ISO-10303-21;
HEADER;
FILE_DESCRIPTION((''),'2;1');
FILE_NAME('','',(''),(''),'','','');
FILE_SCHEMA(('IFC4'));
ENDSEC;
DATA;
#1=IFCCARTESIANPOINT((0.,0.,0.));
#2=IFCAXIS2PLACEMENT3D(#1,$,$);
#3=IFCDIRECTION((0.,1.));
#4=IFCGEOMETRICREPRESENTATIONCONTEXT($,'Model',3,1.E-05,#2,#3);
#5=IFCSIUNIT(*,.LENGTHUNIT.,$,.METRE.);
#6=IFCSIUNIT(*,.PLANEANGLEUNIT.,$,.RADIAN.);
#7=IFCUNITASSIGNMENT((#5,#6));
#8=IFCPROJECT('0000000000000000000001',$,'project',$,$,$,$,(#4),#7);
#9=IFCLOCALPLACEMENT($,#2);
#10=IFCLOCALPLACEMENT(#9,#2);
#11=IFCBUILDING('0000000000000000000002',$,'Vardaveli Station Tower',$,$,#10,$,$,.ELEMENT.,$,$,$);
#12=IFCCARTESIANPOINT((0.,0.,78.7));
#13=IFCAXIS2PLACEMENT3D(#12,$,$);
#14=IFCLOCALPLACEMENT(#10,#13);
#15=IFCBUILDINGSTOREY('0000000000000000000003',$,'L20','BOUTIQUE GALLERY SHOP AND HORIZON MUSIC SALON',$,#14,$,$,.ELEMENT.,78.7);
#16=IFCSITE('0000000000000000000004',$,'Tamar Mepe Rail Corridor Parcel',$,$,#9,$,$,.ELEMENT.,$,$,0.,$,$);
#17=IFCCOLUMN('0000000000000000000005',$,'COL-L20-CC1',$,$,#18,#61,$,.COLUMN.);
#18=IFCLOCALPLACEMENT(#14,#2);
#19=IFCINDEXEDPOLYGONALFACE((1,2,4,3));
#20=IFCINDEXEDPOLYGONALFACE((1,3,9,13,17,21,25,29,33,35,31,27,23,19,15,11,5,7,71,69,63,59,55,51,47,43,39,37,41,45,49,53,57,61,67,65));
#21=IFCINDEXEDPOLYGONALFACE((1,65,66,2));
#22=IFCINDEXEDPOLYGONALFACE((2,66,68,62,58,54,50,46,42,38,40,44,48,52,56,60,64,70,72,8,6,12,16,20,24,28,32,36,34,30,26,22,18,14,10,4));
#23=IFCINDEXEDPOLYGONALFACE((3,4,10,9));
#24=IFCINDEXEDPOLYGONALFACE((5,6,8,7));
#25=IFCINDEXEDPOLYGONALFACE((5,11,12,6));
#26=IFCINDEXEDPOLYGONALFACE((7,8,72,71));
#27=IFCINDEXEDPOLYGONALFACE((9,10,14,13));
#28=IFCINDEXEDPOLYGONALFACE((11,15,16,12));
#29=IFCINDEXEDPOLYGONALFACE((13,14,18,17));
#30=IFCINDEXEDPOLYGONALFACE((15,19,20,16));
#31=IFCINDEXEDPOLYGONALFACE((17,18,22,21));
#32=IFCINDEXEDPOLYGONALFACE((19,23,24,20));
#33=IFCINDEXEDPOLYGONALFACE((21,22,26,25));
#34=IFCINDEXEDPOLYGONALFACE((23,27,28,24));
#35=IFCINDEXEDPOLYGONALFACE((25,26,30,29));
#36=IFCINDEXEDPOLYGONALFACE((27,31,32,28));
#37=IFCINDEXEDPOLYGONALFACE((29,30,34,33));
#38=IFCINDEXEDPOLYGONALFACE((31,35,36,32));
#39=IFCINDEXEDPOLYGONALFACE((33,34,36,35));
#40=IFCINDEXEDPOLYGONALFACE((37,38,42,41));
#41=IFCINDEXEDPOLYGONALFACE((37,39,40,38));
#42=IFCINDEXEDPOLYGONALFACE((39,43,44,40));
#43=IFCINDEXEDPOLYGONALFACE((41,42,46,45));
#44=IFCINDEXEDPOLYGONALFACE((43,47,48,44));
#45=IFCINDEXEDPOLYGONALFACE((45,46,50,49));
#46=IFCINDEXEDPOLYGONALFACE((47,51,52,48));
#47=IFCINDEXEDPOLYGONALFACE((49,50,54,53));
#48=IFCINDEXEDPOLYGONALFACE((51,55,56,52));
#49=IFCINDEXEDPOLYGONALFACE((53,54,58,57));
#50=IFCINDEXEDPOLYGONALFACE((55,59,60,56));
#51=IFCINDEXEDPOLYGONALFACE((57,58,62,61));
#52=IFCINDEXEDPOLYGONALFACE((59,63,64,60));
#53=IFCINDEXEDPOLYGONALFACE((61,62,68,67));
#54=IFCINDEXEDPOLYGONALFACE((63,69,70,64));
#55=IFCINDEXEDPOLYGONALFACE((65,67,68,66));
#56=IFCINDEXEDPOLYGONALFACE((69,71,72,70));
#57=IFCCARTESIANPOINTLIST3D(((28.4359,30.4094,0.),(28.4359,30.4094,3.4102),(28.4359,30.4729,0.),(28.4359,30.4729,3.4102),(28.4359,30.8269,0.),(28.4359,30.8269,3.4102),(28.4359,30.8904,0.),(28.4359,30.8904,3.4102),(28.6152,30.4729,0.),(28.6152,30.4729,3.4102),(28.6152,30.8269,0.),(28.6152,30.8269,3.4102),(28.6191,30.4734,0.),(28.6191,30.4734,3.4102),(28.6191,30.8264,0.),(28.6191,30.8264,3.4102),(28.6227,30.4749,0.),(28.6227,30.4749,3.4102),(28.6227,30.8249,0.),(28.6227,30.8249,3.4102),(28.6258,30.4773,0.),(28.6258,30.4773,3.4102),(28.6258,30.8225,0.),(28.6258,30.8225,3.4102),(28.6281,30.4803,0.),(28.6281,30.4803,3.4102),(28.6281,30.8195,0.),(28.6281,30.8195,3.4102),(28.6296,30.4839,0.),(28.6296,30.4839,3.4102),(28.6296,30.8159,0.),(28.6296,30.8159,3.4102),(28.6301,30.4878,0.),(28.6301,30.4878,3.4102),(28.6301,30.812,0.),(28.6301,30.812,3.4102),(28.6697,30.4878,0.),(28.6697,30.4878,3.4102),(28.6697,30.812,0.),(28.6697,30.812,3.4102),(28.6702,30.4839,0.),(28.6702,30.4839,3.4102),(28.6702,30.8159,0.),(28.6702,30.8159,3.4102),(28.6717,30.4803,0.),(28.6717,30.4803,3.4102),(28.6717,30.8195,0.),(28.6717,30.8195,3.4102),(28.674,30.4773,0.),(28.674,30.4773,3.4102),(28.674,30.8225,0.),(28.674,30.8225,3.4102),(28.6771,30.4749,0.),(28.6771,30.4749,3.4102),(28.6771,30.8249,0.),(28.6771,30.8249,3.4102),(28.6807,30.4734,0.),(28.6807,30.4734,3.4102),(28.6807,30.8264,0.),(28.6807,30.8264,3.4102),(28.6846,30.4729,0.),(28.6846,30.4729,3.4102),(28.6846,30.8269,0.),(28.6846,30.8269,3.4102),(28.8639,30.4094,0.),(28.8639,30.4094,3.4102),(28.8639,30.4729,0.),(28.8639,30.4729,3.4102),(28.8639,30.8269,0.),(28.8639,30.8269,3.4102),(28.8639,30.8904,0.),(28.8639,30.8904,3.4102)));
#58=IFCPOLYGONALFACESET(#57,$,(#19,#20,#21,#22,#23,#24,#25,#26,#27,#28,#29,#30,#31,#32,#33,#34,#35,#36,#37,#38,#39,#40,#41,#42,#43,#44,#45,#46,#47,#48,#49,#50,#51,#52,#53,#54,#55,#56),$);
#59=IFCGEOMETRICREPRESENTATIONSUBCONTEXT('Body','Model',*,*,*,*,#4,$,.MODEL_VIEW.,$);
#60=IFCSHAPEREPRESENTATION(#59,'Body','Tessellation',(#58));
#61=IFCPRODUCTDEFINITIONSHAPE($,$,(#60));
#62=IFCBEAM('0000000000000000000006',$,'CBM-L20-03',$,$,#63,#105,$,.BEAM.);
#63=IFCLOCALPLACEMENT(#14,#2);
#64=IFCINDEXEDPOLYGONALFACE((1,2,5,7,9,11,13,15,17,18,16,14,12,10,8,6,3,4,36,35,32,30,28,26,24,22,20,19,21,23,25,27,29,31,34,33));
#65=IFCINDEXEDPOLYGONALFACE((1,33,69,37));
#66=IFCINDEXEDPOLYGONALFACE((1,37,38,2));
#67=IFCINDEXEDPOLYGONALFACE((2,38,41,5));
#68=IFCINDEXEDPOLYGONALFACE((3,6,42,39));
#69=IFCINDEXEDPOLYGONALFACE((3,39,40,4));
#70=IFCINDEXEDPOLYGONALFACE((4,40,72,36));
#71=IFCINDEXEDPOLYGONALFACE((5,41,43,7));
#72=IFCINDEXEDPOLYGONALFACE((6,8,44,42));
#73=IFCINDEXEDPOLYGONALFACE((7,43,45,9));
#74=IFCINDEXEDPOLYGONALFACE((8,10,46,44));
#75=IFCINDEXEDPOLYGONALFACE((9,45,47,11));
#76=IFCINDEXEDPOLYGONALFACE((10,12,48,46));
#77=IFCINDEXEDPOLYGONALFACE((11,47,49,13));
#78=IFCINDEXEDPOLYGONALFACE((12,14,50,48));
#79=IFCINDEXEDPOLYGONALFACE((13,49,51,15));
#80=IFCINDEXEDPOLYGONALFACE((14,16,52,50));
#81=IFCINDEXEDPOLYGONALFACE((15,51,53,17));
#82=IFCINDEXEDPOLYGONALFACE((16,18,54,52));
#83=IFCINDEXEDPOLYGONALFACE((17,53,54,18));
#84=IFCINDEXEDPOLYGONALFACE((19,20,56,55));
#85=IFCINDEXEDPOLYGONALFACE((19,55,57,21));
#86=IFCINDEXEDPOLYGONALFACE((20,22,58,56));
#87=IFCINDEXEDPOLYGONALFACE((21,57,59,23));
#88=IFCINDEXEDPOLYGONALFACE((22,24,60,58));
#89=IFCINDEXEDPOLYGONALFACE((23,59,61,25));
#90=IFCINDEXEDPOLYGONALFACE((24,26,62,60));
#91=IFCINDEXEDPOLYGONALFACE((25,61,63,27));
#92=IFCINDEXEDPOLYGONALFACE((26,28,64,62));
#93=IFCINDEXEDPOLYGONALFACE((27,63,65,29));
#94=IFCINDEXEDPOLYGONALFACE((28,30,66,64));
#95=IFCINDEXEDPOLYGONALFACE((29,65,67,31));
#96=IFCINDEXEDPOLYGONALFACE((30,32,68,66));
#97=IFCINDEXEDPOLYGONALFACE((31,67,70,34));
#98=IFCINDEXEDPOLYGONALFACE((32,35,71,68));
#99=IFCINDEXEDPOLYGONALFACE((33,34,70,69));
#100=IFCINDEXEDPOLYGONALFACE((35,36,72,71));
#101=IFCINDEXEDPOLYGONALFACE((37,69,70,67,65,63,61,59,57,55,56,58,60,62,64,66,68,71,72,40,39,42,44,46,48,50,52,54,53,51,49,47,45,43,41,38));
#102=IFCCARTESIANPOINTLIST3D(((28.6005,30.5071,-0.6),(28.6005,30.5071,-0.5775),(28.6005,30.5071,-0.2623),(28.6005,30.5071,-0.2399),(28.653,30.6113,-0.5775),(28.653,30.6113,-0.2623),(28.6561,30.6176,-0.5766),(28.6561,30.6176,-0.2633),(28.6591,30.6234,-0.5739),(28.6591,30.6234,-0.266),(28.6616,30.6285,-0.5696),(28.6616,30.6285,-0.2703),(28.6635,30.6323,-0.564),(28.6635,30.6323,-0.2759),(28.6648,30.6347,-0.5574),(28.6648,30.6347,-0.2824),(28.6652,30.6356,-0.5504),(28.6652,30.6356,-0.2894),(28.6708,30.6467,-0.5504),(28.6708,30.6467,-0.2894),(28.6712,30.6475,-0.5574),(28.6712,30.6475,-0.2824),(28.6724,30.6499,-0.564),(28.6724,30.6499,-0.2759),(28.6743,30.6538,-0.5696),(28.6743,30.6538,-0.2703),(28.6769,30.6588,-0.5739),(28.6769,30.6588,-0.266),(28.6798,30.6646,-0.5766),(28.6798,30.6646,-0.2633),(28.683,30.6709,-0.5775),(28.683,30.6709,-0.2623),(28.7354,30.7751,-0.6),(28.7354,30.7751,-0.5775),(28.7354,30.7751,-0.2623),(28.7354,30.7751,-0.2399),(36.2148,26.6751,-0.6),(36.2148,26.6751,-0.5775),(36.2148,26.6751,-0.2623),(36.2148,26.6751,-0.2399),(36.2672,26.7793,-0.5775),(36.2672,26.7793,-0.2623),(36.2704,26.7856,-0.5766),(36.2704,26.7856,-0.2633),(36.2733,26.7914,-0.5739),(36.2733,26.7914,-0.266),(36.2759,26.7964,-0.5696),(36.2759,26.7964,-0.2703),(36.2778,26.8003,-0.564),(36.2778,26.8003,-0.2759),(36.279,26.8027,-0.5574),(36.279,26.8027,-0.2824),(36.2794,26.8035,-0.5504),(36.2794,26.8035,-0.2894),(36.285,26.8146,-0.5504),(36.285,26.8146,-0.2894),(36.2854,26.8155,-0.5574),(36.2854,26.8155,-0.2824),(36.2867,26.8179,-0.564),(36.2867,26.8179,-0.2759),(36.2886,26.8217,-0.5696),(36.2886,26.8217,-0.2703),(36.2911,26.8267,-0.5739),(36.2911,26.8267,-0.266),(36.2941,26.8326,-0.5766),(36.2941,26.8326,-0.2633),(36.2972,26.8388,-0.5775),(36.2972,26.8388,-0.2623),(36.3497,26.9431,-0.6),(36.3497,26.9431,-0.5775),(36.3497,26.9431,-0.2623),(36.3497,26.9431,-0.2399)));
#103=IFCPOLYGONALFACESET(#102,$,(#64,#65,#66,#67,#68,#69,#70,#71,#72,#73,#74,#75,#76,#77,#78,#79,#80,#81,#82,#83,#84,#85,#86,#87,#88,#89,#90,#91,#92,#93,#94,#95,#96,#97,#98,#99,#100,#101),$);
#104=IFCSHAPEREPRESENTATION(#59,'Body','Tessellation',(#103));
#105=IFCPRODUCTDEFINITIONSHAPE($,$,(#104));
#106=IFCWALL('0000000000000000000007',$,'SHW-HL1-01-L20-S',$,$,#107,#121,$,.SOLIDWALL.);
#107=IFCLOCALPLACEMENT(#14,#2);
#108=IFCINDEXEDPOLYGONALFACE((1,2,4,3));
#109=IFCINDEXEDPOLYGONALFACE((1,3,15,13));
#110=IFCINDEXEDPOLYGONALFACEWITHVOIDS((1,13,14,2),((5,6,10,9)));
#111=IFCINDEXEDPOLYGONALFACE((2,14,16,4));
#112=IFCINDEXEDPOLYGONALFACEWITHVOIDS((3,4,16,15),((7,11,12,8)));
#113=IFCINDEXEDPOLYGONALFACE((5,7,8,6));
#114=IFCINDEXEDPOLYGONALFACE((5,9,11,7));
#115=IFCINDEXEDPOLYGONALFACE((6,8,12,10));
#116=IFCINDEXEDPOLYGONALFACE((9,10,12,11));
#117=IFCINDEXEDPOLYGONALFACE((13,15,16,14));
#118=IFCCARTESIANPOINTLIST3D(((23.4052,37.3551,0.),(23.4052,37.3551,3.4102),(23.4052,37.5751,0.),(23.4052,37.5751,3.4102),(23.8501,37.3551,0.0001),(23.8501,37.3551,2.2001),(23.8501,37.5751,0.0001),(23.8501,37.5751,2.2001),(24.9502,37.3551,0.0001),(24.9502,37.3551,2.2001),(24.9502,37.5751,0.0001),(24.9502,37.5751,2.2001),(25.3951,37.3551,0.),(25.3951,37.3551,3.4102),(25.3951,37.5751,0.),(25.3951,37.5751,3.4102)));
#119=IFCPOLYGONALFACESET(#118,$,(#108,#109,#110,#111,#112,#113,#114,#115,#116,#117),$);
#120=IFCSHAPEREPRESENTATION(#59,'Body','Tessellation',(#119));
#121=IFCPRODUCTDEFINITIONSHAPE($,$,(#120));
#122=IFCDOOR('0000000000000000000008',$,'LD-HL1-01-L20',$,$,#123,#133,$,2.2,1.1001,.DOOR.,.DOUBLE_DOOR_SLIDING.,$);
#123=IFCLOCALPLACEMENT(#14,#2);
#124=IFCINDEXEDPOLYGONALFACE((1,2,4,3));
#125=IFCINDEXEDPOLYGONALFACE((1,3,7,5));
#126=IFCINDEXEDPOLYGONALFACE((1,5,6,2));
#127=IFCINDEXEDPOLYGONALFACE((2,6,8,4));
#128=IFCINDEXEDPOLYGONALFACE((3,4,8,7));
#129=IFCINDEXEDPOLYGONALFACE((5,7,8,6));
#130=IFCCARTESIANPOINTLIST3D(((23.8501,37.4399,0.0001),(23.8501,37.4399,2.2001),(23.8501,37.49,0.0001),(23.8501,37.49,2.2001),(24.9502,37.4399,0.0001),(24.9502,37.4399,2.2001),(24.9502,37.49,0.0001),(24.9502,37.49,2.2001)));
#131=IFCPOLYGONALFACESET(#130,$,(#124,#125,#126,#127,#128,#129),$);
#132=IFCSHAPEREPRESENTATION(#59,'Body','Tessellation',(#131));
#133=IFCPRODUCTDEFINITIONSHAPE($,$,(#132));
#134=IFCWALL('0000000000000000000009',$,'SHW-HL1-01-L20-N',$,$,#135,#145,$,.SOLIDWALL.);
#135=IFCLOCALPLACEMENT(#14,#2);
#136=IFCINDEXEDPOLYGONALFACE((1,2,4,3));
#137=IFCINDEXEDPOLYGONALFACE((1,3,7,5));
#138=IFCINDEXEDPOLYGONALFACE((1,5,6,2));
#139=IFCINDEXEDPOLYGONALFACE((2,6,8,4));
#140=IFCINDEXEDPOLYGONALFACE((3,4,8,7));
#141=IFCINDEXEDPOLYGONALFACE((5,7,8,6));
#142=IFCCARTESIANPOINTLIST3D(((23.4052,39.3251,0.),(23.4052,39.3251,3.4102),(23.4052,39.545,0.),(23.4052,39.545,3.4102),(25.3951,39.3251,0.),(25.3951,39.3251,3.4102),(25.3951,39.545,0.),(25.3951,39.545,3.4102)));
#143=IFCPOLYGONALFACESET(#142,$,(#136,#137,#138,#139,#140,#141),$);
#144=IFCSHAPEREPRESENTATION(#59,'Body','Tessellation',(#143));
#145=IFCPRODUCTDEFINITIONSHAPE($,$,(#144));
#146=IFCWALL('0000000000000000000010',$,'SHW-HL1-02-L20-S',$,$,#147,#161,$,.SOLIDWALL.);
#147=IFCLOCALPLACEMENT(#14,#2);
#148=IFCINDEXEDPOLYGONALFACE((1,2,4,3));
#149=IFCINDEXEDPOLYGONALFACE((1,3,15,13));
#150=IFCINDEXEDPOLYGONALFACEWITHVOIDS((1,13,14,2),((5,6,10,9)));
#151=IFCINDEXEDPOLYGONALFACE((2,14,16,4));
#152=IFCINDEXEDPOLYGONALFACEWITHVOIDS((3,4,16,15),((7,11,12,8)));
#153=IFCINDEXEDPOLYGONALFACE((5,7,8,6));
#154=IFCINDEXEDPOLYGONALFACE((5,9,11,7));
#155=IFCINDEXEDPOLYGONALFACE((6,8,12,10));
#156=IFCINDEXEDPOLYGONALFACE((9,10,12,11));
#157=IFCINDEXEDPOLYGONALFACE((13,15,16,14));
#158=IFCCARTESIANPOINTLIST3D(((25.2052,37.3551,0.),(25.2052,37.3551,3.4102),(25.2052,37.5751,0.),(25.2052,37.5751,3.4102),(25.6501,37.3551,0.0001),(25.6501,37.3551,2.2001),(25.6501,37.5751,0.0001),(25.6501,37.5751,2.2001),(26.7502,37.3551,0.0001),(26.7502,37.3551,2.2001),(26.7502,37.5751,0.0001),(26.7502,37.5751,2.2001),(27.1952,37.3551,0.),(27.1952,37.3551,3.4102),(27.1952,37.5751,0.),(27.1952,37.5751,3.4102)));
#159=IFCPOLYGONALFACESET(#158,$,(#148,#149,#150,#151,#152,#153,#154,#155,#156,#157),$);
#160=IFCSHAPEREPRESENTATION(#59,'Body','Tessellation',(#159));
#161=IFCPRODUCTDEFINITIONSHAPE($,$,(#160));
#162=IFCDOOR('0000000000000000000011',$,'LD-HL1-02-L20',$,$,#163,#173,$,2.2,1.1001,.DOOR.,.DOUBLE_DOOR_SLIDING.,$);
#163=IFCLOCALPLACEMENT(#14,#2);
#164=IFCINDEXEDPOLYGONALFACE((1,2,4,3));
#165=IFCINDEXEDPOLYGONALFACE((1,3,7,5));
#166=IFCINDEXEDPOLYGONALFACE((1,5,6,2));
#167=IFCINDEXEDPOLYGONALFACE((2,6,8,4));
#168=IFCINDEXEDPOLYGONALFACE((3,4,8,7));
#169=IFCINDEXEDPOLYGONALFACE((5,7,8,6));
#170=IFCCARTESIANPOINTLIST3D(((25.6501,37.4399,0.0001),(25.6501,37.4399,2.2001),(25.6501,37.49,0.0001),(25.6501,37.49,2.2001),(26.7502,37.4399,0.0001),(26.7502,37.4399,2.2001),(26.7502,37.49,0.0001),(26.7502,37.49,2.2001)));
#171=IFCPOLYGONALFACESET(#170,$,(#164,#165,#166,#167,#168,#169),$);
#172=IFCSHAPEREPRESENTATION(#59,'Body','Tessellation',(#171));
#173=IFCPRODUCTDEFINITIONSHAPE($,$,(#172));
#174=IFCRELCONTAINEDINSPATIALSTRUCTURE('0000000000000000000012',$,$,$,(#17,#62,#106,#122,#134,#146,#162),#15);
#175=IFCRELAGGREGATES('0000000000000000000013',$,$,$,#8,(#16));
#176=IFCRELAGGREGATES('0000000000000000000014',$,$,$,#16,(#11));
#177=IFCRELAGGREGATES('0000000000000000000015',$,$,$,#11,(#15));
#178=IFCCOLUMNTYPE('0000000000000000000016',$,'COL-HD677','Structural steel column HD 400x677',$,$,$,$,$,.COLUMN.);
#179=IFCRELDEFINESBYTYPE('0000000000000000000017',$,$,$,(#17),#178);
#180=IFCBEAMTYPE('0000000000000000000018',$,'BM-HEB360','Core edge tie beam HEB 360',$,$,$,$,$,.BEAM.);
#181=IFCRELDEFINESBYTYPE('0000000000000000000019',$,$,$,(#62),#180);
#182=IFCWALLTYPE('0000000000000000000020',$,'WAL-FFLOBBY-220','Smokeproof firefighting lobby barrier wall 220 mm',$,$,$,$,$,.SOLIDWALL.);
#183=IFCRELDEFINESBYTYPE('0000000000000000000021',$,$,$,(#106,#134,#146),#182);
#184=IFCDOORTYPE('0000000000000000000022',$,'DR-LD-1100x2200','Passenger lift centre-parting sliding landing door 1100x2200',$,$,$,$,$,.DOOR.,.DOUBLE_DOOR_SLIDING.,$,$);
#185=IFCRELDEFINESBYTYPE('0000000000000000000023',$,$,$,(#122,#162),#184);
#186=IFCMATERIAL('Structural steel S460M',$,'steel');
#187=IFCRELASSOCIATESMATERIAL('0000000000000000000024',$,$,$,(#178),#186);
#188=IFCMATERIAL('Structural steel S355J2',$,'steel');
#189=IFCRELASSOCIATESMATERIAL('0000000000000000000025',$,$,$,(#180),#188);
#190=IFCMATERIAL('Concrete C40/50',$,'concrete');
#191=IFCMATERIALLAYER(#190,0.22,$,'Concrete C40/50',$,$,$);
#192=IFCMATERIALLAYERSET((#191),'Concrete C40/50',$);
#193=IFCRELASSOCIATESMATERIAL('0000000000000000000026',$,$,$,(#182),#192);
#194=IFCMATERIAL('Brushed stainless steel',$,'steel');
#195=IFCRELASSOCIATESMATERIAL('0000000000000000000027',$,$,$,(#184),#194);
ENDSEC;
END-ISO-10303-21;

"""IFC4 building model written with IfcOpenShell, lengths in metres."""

from ifc_helpers import new_model, si_unit, direction, frame, frame_2d, origin, origin_2d, place, context, subcontext, project, spatial, rectangle, i_section, extrude, source, transform, mapped, material, layer, layer_set, material_profile, profile_set, type_object, element, fill, save


model = new_model("IFC4")

# Units and contexts
model_context = context("Model", 3, precision=1e-05, world=origin(), true_north=direction((0.0, 1.0)))
body_context = subcontext(model_context, "Body", "Model", "MODEL_VIEW")
ifc_project = project(units=[si_unit("LENGTHUNIT", "METRE"), si_unit("PLANEANGLEUNIT", "RADIAN")], contexts=[model_context])

# Site, building, storey
site_placement = place(None, origin())
site = spatial("IfcSite", under=ifc_project, at=site_placement, Name="Tamar Mepe Rail Corridor Parcel", CompositionType="ELEMENT", RefElevation=0.0)
building_placement = place(site_placement, origin())
building = spatial("IfcBuilding", under=site, at=building_placement, Name="Vardaveli Station Tower", CompositionType="ELEMENT")
storey_placement = place(building_placement, frame((0.0, 0.0, 78.7)))
storey = spatial("IfcBuildingStorey", under=building, at=storey_placement, Name="L20", Description="BOUTIQUE GALLERY SHOP AND HORIZON MUSIC SALON", CompositionType="ELEMENT", Elevation=78.7)

# Column
ifc_material_1 = material(Name="Structural steel S460M", Category="steel")
ifc_material_profile_1 = material_profile(ifc_material_1, i_section(OverallWidth=0.428, OverallDepth=0.481, WebThickness=0.0396, FlangeThickness=0.0635, FilletRadius=0.0149, at=origin_2d()), Name="HD 400x677")
ifc_profile_set_1 = profile_set([ifc_material_profile_1], Name="Structural steel S460M")
column_type = type_object("IfcColumnType", Name="COL-HD677", Description="Structural steel column HD 400x677", PredefinedType="COLUMN", material=ifc_profile_set_1)
shared_shape_1 = source(origin(), body_context, "Body", "SweptSolid", [
    extrude(i_section(OverallWidth=0.428, OverallDepth=0.481, WebThickness=0.0396, FlangeThickness=0.0635, FilletRadius=0.0149, at=origin_2d()), origin(), (0.0, 0.0, 1.0), 3.4102),
])
column_placement = place(storey_placement, frame((28.6499, 30.6499, 0.0), z_axis=(0.0, 0.0, 1.0), x_axis=(1.0, 0.0, 0.0)))
element("IfcColumn", 1, at=column_placement, inside=storey, type_object=column_type, Name="COL-L20-CC1", PredefinedType="COLUMN", context=body_context, shape_type="MappedRepresentation", body=[
    mapped(shared_shape_1, transform((0.0, 0.0, 0.0), scale=1.0)),
])

# Beam
ifc_material_2 = material(Name="Structural steel S355J2", Category="steel")
ifc_material_profile_2 = material_profile(ifc_material_2, i_section(OverallWidth=0.3, OverallDepth=0.3601, WebThickness=0.0125, FlangeThickness=0.0225, FilletRadius=0.0271, at=origin_2d()), Name="HEB 360")
ifc_profile_set_2 = profile_set([ifc_material_profile_2], Name="Structural steel S355J2")
beam_type = type_object("IfcBeamType", Name="BM-HEB360", Description="Core edge tie beam HEB 360", PredefinedType="BEAM", material=ifc_profile_set_2)
shared_shape_2 = source(origin(), body_context, "Body", "SweptSolid", [
    extrude(i_section(OverallWidth=0.3, OverallDepth=0.3601, WebThickness=0.0125, FlangeThickness=0.0225, FilletRadius=0.0271, at=origin_2d()), origin(), (0.0, 0.0, 1.0), 8.5242),
])
beam_placement = place(storey_placement, frame((28.668, 30.6411, -0.4199), z_axis=(0.893256, -0.449549, 0.0), x_axis=(0.449549, 0.893256, 0.0)))
element("IfcBeam", 2, at=beam_placement, inside=storey, type_object=beam_type, Name="CBM-L20-03", PredefinedType="BEAM", context=body_context, shape_type="MappedRepresentation", body=[
    mapped(shared_shape_2, transform((0.0, 0.0, 0.0), scale=1.0)),
])

# Wall, opening, door
ifc_material_3 = material(Name="Concrete C40/50", Category="concrete")
ifc_layer_1 = layer(ifc_material_3, 0.22, Name="Concrete C40/50")
ifc_layer_set_1 = layer_set([ifc_layer_1], Name="Concrete C40/50")
wall_type_1 = type_object("IfcWallType", Name="WAL-FFLOBBY-220", Description="Smokeproof firefighting lobby barrier wall 220 mm", PredefinedType="SOLIDWALL", material=ifc_layer_set_1)
shared_shape_3 = source(origin(), body_context, "Body", "SweptSolid", [
    extrude(rectangle(XDim=1.99, YDim=0.22, at=frame_2d((0.9951, 0.0))), origin(), (0.0, 0.0, 1.0), 3.4102),
])
wall_1_placement = place(storey_placement, frame((23.405, 37.4651, 0.0), z_axis=(0.0, 0.0, 1.0), x_axis=(1.0, 0.0, 0.0)))
wall_1 = element("IfcWall", 3, at=wall_1_placement, inside=storey, type_object=wall_type_1, Name="SHW-HL1-01-L20-S", PredefinedType="SOLIDWALL", context=body_context, shape_type="MappedRepresentation", body=[
    mapped(shared_shape_3, transform((0.0, 0.0, 0.0), scale=1.0)),
])
shared_shape_4 = source(origin(), body_context, "Body", "SweptSolid", [
    extrude(rectangle(XDim=1.1001, YDim=2.2, at=frame_2d((0.55, 1.1001))), frame((0.0, 0.1201, 0.0), z_axis=(0.0, -1.0, 0.0), x_axis=(1.0, 0.0, 0.0)), (0.0, 0.0, 1.0), 0.24),
])
opening_1_placement = place(wall_1_placement, frame((0.4451, 0.0, 0.0)))
opening_1 = element("IfcOpeningElement", 4, at=opening_1_placement, cuts=wall_1, PredefinedType="OPENING", context=body_context, shape_type="MappedRepresentation", body=[
    mapped(shared_shape_4, transform((0.0, 0.0, 0.0), scale=1.0)),
])
ifc_material_4 = material(Name="Brushed stainless steel", Category="steel")
door_type = type_object("IfcDoorType", Name="DR-LD-1100x2200", Description="Passenger lift centre-parting sliding landing door 1100x2200", OperationType="DOUBLE_DOOR_SLIDING", PredefinedType="DOOR", material=ifc_material_4)
shared_shape_5 = source(origin(), body_context, "Body", "SweptSolid", [
    extrude(rectangle(XDim=1.1001, YDim=2.2, at=frame_2d((0.55, 1.1001))), frame((0.0, 0.0249, 0.0), z_axis=(0.0, -1.0, 0.0), x_axis=(1.0, 0.0, 0.0)), (0.0, 0.0, 1.0), 0.05),
])
door_1_placement = place(opening_1_placement, origin())
door_1 = element("IfcDoor", 5, at=door_1_placement, inside=storey, type_object=door_type, Name="LD-HL1-01-L20", OperationType="DOUBLE_DOOR_SLIDING", OverallHeight=2.2, OverallWidth=1.1001, PredefinedType="DOOR", context=body_context, shape_type="MappedRepresentation", body=[
    mapped(shared_shape_5, transform((0.0, 0.0, 0.0), scale=1.0)),
])
fill(opening_1, door_1)

# Wall
wall_2_placement = place(storey_placement, frame((23.405, 39.4351, 0.0), z_axis=(0.0, 0.0, 1.0), x_axis=(1.0, 0.0, 0.0)))
element("IfcWall", 6, at=wall_2_placement, inside=storey, type_object=wall_type_1, Name="SHW-HL1-01-L20-N", PredefinedType="SOLIDWALL", context=body_context, shape_type="MappedRepresentation", body=[
    mapped(shared_shape_3, transform((0.0, 0.0, 0.0), scale=1.0)),
])

# Wall, opening, door
wall_3_placement = place(storey_placement, frame((25.2051, 37.4651, 0.0), z_axis=(0.0, 0.0, 1.0), x_axis=(1.0, 0.0, 0.0)))
wall_3 = element("IfcWall", 7, at=wall_3_placement, inside=storey, type_object=wall_type_1, Name="SHW-HL1-02-L20-S", PredefinedType="SOLIDWALL", context=body_context, shape_type="MappedRepresentation", body=[
    mapped(shared_shape_3, transform((0.0, 0.0, 0.0), scale=1.0)),
])
opening_2_placement = place(wall_3_placement, frame((0.4451, 0.0, 0.0)))
opening_2 = element("IfcOpeningElement", 8, at=opening_2_placement, cuts=wall_3, PredefinedType="OPENING", context=body_context, shape_type="MappedRepresentation", body=[
    mapped(shared_shape_4, transform((0.0, 0.0, 0.0), scale=1.0)),
])
door_2_placement = place(opening_2_placement, origin())
door_2 = element("IfcDoor", 9, at=door_2_placement, inside=storey, type_object=door_type, Name="LD-HL1-02-L20", OperationType="DOUBLE_DOOR_SLIDING", OverallHeight=2.2, OverallWidth=1.1001, PredefinedType="DOOR", context=body_context, shape_type="MappedRepresentation", body=[
    mapped(shared_shape_5, transform((0.0, 0.0, 0.0), scale=1.0)),
])
fill(opening_2, door_2)

save(model, "model.ifc")
